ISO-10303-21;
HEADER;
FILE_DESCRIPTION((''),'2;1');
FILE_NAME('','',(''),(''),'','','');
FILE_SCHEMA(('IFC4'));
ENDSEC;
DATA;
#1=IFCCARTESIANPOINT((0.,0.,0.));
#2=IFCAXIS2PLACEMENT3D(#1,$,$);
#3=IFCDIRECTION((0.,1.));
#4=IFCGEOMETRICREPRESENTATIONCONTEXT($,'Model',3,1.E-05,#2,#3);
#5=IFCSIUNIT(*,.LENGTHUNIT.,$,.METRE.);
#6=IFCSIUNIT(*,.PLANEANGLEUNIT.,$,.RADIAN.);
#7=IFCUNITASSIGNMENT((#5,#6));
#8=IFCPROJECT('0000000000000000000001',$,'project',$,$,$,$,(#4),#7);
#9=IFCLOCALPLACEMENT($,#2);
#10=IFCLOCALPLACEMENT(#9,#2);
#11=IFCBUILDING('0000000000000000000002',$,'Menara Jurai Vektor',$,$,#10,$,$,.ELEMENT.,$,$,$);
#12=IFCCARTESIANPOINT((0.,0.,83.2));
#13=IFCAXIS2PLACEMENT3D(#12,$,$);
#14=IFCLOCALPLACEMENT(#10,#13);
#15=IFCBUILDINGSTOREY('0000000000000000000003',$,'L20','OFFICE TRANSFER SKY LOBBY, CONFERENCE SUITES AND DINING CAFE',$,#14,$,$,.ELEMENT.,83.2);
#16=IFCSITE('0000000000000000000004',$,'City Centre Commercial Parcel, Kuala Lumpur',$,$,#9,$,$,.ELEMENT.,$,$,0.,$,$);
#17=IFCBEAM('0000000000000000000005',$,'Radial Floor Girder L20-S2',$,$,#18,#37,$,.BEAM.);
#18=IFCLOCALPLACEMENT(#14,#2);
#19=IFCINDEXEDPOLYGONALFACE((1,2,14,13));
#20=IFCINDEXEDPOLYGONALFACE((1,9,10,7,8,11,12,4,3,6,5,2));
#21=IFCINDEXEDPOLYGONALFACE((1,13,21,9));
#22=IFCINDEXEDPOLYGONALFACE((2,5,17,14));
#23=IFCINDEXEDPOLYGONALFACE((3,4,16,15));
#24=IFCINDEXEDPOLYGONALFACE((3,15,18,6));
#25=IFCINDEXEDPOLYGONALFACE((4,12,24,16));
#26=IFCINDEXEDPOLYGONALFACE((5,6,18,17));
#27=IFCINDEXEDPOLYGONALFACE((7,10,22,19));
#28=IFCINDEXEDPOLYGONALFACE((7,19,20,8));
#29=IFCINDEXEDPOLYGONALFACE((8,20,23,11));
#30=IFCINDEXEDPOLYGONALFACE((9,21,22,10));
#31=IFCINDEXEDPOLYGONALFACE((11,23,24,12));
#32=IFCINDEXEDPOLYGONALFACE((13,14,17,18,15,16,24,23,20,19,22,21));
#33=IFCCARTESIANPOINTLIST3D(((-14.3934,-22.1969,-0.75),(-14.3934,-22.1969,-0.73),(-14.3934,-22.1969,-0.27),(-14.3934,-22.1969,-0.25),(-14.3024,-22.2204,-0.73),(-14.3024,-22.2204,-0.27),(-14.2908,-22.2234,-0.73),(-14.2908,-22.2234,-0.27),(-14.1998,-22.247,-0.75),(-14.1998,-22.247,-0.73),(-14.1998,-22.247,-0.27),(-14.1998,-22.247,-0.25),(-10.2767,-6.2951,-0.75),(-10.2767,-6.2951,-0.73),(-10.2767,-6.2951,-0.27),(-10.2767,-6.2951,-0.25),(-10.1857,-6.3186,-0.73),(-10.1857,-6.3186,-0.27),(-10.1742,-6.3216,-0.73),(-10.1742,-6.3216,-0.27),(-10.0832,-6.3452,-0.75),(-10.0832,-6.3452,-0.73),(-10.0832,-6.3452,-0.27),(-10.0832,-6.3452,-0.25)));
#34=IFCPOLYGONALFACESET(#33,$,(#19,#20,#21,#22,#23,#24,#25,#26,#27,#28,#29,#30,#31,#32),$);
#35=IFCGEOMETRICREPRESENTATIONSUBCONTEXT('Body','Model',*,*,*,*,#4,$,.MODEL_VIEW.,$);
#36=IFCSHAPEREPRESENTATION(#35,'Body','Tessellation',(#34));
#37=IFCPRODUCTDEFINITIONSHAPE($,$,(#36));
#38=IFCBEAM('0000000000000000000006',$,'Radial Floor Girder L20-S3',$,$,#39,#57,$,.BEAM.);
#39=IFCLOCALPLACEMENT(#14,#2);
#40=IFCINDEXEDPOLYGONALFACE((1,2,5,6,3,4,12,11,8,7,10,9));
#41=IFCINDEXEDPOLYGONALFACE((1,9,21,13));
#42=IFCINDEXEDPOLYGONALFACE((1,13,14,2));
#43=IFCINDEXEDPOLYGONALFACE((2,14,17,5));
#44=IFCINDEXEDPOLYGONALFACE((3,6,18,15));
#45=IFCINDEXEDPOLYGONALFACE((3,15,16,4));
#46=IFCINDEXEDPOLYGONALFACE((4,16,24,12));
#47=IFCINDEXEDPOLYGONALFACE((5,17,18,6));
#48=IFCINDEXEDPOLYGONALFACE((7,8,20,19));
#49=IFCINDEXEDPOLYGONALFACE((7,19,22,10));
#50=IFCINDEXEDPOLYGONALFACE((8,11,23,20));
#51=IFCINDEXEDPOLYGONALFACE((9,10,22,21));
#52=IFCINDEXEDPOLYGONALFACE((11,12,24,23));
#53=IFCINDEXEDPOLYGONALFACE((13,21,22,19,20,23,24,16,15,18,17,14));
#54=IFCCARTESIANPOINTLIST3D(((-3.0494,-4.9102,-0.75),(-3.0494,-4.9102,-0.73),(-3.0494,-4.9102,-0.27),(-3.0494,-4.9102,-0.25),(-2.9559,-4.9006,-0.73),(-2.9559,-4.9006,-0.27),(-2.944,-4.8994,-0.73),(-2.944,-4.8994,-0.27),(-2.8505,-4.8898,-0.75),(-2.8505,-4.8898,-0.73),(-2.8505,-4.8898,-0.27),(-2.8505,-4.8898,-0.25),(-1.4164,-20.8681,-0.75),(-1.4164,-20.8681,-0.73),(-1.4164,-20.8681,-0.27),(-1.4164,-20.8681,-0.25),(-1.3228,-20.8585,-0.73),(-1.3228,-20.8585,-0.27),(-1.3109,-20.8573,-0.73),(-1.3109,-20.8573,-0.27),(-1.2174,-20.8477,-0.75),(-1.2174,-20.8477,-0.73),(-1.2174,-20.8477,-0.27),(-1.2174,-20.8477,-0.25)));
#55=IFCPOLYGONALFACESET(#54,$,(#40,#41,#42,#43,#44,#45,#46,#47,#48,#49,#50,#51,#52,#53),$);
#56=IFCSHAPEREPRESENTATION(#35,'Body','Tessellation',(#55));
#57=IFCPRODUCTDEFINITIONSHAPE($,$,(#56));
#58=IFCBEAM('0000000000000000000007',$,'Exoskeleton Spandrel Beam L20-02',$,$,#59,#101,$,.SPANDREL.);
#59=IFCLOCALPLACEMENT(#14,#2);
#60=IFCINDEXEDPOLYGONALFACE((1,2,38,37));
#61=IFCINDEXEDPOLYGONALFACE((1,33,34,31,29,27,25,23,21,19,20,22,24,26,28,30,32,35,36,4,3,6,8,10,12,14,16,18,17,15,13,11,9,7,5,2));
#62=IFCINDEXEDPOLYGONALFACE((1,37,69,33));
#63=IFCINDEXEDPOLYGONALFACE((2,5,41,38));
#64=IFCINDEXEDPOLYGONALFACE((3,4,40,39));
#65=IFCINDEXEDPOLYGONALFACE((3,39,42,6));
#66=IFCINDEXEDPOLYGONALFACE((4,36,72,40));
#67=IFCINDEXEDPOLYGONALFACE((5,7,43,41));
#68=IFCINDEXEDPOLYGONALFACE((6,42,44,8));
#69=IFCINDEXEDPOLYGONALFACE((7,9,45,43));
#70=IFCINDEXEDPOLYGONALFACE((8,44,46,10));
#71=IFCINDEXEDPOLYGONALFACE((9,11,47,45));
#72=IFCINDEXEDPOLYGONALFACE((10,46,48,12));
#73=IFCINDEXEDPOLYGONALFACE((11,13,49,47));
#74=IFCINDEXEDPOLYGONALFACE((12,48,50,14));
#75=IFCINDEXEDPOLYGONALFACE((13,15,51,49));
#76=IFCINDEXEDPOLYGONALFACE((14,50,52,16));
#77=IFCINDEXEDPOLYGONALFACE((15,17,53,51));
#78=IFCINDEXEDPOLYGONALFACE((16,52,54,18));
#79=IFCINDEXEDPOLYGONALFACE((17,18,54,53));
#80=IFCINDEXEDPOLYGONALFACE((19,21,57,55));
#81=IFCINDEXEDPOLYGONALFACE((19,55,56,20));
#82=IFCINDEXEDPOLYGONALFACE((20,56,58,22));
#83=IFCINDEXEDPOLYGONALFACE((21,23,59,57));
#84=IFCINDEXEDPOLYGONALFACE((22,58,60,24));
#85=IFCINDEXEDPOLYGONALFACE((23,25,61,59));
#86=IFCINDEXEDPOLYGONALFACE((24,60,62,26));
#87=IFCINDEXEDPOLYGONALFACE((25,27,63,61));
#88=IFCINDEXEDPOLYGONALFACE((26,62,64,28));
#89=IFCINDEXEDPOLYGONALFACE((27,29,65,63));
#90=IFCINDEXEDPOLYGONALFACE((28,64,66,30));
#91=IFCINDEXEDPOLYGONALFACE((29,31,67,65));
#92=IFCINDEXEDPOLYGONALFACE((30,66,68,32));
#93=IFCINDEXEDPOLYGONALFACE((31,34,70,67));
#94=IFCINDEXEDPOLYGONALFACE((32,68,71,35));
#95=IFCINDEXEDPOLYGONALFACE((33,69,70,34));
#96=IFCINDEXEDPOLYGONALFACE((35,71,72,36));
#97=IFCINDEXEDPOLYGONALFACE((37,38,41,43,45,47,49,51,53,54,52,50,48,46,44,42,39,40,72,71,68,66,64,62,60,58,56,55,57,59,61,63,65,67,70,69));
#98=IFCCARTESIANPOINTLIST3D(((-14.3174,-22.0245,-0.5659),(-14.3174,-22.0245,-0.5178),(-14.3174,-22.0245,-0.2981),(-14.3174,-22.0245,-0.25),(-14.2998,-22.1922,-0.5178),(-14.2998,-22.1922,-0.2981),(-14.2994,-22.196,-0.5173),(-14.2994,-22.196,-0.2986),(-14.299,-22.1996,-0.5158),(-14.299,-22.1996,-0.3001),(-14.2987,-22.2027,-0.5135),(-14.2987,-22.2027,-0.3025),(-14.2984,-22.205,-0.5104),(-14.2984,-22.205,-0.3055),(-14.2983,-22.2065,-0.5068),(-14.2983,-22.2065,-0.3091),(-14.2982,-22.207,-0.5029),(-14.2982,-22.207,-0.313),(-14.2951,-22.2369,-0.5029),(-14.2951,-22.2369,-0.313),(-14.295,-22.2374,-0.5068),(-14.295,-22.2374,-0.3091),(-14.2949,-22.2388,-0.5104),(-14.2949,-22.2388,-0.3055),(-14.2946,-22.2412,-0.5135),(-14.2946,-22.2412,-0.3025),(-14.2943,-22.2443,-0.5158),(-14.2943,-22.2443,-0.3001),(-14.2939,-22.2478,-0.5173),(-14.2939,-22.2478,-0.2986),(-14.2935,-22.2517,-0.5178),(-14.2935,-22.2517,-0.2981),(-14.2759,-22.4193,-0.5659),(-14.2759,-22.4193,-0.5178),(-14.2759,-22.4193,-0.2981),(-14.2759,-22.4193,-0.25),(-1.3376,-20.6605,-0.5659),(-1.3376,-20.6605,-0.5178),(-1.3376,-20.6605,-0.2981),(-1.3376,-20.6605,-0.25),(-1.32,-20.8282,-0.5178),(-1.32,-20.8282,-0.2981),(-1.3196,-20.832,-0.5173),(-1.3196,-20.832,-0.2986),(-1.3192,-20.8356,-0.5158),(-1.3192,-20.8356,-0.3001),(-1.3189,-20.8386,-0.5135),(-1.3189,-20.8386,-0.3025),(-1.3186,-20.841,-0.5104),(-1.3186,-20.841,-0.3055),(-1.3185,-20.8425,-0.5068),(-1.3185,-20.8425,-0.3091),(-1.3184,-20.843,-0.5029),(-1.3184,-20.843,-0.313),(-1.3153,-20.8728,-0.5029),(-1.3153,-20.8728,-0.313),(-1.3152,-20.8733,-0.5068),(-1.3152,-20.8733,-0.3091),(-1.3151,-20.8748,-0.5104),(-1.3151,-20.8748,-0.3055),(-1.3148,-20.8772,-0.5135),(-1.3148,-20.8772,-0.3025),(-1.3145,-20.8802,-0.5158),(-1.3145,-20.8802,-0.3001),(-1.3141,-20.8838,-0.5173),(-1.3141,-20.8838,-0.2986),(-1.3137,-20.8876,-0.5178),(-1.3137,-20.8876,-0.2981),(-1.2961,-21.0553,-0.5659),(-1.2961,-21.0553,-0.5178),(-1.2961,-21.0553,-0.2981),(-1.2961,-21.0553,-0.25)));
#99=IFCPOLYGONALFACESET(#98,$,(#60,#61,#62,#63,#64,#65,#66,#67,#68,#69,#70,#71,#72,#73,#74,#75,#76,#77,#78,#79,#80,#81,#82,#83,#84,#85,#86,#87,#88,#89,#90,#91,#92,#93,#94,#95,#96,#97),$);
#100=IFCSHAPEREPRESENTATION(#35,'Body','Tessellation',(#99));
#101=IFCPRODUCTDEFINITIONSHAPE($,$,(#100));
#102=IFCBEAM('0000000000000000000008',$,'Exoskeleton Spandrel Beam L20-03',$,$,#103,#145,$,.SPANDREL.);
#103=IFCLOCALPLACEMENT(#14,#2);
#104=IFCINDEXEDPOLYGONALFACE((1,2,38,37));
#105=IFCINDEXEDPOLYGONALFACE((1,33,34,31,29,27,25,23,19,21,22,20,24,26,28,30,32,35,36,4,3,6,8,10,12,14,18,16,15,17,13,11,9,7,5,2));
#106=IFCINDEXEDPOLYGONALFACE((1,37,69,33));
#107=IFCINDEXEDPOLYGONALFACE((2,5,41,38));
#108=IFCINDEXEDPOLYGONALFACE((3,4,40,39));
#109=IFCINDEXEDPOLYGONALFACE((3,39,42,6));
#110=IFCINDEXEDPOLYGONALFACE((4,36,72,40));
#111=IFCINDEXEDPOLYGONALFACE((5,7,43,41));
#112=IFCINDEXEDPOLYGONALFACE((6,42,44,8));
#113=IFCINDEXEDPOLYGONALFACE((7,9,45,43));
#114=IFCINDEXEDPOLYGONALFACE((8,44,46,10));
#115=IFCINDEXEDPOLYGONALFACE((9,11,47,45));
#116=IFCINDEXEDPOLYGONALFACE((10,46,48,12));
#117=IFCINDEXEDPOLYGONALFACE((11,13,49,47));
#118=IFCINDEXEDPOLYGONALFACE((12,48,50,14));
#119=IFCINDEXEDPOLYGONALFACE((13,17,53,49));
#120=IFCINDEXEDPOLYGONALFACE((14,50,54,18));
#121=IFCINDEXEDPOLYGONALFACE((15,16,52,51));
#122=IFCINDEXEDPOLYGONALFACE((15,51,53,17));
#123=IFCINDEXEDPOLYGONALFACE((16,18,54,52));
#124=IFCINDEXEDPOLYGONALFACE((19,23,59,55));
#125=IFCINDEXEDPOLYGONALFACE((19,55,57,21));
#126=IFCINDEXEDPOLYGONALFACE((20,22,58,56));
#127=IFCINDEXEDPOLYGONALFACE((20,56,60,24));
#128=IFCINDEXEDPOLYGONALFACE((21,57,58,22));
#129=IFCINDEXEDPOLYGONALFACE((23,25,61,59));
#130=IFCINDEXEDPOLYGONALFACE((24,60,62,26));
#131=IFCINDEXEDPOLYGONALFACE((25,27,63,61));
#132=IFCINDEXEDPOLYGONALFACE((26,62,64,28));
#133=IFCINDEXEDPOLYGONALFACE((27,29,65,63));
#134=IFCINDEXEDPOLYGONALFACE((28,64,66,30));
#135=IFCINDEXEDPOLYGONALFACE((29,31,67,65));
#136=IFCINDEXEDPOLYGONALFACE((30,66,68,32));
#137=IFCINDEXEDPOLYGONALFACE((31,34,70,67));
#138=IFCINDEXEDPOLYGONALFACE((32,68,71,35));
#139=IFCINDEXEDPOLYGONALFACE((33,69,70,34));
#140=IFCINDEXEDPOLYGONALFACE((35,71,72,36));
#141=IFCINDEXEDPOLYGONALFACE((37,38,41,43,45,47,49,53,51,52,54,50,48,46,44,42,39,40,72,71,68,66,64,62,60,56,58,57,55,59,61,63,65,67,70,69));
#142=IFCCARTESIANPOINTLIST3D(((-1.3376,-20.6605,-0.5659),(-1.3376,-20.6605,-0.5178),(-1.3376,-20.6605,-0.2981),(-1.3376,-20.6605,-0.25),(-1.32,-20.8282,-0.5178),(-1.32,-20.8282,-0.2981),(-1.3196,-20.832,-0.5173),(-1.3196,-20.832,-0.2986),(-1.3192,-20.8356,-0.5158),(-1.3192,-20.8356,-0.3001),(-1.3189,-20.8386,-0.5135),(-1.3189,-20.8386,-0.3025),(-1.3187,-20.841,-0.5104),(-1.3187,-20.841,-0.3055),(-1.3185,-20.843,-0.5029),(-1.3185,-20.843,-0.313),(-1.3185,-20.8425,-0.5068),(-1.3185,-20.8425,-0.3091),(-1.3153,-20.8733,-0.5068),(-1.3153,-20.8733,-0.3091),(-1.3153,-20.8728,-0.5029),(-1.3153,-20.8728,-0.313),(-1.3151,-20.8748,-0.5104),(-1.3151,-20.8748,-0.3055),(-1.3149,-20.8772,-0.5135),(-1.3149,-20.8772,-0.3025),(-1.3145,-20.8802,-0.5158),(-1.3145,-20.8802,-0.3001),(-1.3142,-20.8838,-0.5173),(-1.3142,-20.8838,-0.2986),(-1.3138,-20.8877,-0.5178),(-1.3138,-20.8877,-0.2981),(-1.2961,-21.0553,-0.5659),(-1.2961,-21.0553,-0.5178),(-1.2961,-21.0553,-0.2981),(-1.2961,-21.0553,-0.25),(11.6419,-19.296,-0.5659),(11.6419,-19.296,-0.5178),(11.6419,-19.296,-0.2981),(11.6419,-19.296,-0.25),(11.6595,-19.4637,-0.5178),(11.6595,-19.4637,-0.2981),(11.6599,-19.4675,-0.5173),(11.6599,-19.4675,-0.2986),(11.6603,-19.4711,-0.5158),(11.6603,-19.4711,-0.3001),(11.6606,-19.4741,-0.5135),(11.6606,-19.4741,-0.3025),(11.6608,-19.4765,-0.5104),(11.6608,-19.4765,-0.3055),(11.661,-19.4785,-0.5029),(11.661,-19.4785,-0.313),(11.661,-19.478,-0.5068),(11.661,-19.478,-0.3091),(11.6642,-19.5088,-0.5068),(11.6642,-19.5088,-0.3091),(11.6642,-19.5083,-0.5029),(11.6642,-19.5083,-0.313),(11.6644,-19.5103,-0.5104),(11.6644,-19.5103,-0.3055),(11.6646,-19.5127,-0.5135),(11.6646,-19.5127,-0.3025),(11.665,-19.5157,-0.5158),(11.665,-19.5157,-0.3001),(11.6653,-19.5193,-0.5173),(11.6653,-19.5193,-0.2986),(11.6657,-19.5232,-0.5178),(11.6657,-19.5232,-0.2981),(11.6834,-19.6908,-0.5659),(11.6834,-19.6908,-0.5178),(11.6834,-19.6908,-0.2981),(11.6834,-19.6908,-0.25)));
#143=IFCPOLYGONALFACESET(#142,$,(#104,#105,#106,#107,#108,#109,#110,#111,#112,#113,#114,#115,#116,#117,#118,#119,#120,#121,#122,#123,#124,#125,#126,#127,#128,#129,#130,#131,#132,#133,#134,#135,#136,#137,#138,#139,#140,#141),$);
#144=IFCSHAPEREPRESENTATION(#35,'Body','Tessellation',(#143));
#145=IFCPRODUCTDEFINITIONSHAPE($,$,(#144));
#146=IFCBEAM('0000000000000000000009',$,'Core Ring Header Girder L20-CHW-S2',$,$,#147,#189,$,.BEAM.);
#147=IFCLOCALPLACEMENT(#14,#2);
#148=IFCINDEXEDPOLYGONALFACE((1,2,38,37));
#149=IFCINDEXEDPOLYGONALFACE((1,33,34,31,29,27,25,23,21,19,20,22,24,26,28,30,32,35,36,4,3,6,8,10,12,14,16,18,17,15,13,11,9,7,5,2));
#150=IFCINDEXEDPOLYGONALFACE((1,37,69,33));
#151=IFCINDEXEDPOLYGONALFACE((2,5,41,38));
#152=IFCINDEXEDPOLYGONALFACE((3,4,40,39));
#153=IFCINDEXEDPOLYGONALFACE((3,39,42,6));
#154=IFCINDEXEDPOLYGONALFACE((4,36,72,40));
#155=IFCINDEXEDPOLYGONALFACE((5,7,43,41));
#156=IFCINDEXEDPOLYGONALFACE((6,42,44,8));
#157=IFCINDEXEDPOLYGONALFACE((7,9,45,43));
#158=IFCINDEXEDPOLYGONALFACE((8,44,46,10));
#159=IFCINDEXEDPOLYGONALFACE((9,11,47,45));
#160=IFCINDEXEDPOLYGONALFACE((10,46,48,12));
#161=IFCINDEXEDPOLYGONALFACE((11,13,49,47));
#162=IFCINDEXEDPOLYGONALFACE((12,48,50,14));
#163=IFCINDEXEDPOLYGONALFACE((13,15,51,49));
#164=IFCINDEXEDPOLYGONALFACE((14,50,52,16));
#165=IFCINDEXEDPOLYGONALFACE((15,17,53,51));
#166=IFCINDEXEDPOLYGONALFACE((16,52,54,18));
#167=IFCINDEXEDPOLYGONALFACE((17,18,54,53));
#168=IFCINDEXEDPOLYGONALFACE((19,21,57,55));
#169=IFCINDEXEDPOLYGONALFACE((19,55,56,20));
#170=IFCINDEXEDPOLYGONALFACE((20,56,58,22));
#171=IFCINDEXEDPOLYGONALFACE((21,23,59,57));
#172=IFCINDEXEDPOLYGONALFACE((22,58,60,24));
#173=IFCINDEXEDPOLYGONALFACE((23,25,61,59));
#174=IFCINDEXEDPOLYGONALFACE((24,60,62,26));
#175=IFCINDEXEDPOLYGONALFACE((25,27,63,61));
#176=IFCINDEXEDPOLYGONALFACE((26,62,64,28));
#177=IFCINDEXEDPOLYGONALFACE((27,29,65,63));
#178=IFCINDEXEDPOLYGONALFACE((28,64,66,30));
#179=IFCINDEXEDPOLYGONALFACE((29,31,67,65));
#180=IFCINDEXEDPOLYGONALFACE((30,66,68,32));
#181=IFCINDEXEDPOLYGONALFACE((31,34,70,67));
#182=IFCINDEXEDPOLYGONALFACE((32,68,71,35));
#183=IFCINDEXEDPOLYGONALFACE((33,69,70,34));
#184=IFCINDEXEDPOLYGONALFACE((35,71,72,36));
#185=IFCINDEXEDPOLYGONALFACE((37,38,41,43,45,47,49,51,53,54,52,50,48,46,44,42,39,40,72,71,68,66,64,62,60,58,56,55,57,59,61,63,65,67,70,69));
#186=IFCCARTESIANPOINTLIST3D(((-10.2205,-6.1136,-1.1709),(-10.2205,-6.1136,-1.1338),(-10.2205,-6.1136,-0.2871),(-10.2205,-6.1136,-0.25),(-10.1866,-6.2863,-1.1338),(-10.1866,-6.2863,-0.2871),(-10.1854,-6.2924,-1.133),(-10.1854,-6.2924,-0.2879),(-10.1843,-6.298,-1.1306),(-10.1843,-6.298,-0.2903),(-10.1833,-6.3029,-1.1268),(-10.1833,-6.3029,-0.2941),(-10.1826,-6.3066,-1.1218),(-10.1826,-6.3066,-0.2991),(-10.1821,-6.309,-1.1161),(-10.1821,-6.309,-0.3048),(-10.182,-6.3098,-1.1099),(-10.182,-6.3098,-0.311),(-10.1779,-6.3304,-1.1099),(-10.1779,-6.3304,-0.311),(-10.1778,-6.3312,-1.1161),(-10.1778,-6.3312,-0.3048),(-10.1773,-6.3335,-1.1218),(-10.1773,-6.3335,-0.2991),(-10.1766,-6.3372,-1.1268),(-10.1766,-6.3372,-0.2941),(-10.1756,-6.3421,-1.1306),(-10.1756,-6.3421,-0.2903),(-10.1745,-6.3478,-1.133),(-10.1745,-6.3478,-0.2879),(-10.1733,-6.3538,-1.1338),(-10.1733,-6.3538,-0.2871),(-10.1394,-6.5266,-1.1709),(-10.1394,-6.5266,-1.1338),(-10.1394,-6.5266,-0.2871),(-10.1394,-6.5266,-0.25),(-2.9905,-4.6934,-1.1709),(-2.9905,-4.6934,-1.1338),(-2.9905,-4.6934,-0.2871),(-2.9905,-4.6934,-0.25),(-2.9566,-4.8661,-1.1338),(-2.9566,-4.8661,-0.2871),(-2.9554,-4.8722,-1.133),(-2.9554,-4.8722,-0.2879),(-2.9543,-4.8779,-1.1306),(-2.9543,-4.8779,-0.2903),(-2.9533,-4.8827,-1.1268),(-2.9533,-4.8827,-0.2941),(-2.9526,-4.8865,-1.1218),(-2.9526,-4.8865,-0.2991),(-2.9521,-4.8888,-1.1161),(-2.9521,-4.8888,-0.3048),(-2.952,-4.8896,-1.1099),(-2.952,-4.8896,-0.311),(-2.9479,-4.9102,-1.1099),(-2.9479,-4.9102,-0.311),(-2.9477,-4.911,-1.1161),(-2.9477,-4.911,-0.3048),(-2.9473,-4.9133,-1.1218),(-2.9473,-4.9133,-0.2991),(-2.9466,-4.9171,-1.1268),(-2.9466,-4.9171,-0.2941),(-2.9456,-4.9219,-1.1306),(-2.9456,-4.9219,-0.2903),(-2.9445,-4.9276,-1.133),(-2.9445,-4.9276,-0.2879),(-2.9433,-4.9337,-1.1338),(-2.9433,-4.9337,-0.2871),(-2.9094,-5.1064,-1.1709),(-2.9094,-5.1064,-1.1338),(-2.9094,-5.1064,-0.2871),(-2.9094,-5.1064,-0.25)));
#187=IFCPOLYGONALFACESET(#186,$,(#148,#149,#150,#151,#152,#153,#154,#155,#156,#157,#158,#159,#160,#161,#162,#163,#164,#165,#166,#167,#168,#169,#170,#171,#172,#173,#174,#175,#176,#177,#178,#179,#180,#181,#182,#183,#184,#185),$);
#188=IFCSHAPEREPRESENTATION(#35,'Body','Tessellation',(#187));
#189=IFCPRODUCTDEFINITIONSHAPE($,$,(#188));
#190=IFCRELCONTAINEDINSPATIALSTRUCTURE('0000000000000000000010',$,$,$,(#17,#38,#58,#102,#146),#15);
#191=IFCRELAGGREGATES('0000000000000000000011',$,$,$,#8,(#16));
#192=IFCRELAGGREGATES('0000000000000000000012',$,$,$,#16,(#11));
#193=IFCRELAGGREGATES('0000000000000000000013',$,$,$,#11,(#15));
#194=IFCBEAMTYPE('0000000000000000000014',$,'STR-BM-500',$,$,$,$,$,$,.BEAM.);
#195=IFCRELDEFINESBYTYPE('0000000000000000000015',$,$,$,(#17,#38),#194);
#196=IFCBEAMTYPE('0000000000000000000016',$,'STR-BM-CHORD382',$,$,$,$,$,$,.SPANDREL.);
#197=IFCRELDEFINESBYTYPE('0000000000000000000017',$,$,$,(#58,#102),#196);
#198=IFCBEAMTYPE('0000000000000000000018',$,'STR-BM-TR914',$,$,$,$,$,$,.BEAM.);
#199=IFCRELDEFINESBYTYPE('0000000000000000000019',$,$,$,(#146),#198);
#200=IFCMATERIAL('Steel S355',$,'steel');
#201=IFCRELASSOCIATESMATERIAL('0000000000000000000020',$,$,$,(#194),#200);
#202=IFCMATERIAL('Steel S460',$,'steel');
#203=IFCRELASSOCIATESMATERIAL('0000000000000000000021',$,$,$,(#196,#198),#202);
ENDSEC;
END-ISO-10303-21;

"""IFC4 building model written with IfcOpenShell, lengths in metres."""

from ifc_helpers import new_model, si_unit, direction, frame, origin, origin_2d, place, context, subcontext, project, spatial, i_section, extrude, material, material_profile, profile_set, type_object, element, save


model = new_model("IFC4")

# Units and contexts
model_context = context("Model", 3, precision=1e-05, world=origin(), true_north=direction((0.0, 1.0)))
body_context = subcontext(model_context, "Body", "Model", "MODEL_VIEW")
ifc_project = project(units=[si_unit("LENGTHUNIT", "METRE"), si_unit("PLANEANGLEUNIT", "RADIAN")], contexts=[model_context])

# Site, building, storey
site_placement = place(None, origin())
site = spatial("IfcSite", under=ifc_project, at=site_placement, Name="City Centre Commercial Parcel, Kuala Lumpur", CompositionType="ELEMENT", RefElevation=0.0)
building_placement = place(site_placement, origin())
building = spatial("IfcBuilding", under=site, at=building_placement, Name="Menara Jurai Vektor", CompositionType="ELEMENT")
storey_placement = place(building_placement, frame((0.0, 0.0, 83.2)))
storey = spatial("IfcBuildingStorey", under=building, at=storey_placement, Name="L20", Description="OFFICE TRANSFER SKY LOBBY, CONFERENCE SUITES AND DINING CAFE", CompositionType="ELEMENT", Elevation=83.2)

# Shared definitions
ifc_material_1 = material(Name="Steel S460", Category="steel")

# Beams
ifc_material_2 = material(Name="Steel S355", Category="steel")
ifc_material_profile_1 = material_profile(ifc_material_2, i_section(OverallWidth=0.2, OverallDepth=0.5, WebThickness=0.012, FlangeThickness=0.02, at=origin_2d()), Name="PG 500x200x96")
ifc_profile_set_1 = profile_set([ifc_material_profile_1], Name="Steel S355")
beam_type_1 = type_object("IfcBeamType", Name="STR-BM-500", PredefinedType="BEAM", material=ifc_profile_set_1)
beam_1_placement = place(storey_placement, frame((-14.2966, -22.2219, -0.5), z_axis=(0.25062, 0.968086, 0.0), x_axis=(-0.968086, 0.25062, 0.0)))
element("IfcBeam", 1, at=beam_1_placement, inside=storey, type_object=beam_type_1, Name="Radial Floor Girder L20-S2", PredefinedType="BEAM", context=body_context, shape_type="SweptSolid", body=[
    extrude(i_section(OverallWidth=0.2, OverallDepth=0.5, WebThickness=0.012, FlangeThickness=0.02, at=origin_2d()), origin(), (0.0, 0.0, 1.0), 16.426),
])
beam_2_placement = place(storey_placement, frame((-1.3169, -20.8579, -0.5), z_axis=(-0.101803, 0.994805, 0.0), x_axis=(-0.994805, -0.101803, 0.0)))
element("IfcBeam", 2, at=beam_2_placement, inside=storey, type_object=beam_type_1, Name="Radial Floor Girder L20-S3", PredefinedType="BEAM", context=body_context, shape_type="SweptSolid", body=[
    extrude(i_section(OverallWidth=0.2, OverallDepth=0.5, WebThickness=0.012, FlangeThickness=0.02, at=origin_2d()), origin(), (0.0, 0.0, 1.0), 16.0413),
])
ifc_material_profile_2 = material_profile(ifc_material_1, i_section(OverallWidth=0.397, OverallDepth=0.3159, WebThickness=0.03, FlangeThickness=0.0481, FilletRadius=0.0149, at=origin_2d()), Name="HD 400x382")
ifc_profile_set_2 = profile_set([ifc_material_profile_2], Name="Steel S460")
beam_type_2 = type_object("IfcBeamType", Name="STR-BM-CHORD382", PredefinedType="SPANDREL", material=ifc_profile_set_2)
beam_3_placement = place(storey_placement, frame((-14.2966, -22.2219, -0.408), z_axis=(0.994524, 0.104512, 0.0), x_axis=(-0.104512, 0.994524, 0.0)))
element("IfcBeam", 3, at=beam_3_placement, inside=storey, type_object=beam_type_2, Name="Exoskeleton Spandrel Beam L20-02", PredefinedType="SPANDREL", context=body_context, shape_type="SweptSolid", body=[
    extrude(i_section(OverallWidth=0.397, OverallDepth=0.3159, WebThickness=0.03, FlangeThickness=0.0481, FilletRadius=0.0149, at=origin_2d()), origin(), (0.0, 0.0, 1.0), 13.0513),
])
beam_4_placement = place(storey_placement, frame((-1.3169, -20.8579, -0.408), z_axis=(0.994519, 0.104551, 0.0), x_axis=(-0.104551, 0.994519, 0.0)))
element("IfcBeam", 4, at=beam_4_placement, inside=storey, type_object=beam_type_2, Name="Exoskeleton Spandrel Beam L20-03", PredefinedType="SPANDREL", context=body_context, shape_type="SweptSolid", body=[
    extrude(i_section(OverallWidth=0.397, OverallDepth=0.3159, WebThickness=0.03, FlangeThickness=0.0481, FilletRadius=0.0149, at=origin_2d()), origin(), (0.0, 0.0, 1.0), 13.051),
])
ifc_material_profile_3 = material_profile(ifc_material_1, i_section(OverallWidth=0.4209, OverallDepth=0.9209, WebThickness=0.021, FlangeThickness=0.0371, FilletRadius=0.0239, at=origin_2d()), Name="UKB 914x419x388")
ifc_profile_set_3 = profile_set([ifc_material_profile_3], Name="Steel S460")
beam_type_3 = type_object("IfcBeamType", Name="STR-BM-TR914", PredefinedType="BEAM", material=ifc_profile_set_3)
beam_5_placement = place(storey_placement, frame((-10.1799, -6.3201, -0.7104), z_axis=(0.981249, 0.192744, 0.0), x_axis=(-0.192744, 0.981249, 0.0)))
element("IfcBeam", 5, at=beam_5_placement, inside=storey, type_object=beam_type_3, Name="Core Ring Header Girder L20-CHW-S2", PredefinedType="BEAM", context=body_context, shape_type="SweptSolid", body=[
    extrude(i_section(OverallWidth=0.4209, OverallDepth=0.9209, WebThickness=0.021, FlangeThickness=0.0371, FilletRadius=0.0239, at=origin_2d()), origin(), (0.0, 0.0, 1.0), 7.3682),
])

save(model, "model.ifc")
